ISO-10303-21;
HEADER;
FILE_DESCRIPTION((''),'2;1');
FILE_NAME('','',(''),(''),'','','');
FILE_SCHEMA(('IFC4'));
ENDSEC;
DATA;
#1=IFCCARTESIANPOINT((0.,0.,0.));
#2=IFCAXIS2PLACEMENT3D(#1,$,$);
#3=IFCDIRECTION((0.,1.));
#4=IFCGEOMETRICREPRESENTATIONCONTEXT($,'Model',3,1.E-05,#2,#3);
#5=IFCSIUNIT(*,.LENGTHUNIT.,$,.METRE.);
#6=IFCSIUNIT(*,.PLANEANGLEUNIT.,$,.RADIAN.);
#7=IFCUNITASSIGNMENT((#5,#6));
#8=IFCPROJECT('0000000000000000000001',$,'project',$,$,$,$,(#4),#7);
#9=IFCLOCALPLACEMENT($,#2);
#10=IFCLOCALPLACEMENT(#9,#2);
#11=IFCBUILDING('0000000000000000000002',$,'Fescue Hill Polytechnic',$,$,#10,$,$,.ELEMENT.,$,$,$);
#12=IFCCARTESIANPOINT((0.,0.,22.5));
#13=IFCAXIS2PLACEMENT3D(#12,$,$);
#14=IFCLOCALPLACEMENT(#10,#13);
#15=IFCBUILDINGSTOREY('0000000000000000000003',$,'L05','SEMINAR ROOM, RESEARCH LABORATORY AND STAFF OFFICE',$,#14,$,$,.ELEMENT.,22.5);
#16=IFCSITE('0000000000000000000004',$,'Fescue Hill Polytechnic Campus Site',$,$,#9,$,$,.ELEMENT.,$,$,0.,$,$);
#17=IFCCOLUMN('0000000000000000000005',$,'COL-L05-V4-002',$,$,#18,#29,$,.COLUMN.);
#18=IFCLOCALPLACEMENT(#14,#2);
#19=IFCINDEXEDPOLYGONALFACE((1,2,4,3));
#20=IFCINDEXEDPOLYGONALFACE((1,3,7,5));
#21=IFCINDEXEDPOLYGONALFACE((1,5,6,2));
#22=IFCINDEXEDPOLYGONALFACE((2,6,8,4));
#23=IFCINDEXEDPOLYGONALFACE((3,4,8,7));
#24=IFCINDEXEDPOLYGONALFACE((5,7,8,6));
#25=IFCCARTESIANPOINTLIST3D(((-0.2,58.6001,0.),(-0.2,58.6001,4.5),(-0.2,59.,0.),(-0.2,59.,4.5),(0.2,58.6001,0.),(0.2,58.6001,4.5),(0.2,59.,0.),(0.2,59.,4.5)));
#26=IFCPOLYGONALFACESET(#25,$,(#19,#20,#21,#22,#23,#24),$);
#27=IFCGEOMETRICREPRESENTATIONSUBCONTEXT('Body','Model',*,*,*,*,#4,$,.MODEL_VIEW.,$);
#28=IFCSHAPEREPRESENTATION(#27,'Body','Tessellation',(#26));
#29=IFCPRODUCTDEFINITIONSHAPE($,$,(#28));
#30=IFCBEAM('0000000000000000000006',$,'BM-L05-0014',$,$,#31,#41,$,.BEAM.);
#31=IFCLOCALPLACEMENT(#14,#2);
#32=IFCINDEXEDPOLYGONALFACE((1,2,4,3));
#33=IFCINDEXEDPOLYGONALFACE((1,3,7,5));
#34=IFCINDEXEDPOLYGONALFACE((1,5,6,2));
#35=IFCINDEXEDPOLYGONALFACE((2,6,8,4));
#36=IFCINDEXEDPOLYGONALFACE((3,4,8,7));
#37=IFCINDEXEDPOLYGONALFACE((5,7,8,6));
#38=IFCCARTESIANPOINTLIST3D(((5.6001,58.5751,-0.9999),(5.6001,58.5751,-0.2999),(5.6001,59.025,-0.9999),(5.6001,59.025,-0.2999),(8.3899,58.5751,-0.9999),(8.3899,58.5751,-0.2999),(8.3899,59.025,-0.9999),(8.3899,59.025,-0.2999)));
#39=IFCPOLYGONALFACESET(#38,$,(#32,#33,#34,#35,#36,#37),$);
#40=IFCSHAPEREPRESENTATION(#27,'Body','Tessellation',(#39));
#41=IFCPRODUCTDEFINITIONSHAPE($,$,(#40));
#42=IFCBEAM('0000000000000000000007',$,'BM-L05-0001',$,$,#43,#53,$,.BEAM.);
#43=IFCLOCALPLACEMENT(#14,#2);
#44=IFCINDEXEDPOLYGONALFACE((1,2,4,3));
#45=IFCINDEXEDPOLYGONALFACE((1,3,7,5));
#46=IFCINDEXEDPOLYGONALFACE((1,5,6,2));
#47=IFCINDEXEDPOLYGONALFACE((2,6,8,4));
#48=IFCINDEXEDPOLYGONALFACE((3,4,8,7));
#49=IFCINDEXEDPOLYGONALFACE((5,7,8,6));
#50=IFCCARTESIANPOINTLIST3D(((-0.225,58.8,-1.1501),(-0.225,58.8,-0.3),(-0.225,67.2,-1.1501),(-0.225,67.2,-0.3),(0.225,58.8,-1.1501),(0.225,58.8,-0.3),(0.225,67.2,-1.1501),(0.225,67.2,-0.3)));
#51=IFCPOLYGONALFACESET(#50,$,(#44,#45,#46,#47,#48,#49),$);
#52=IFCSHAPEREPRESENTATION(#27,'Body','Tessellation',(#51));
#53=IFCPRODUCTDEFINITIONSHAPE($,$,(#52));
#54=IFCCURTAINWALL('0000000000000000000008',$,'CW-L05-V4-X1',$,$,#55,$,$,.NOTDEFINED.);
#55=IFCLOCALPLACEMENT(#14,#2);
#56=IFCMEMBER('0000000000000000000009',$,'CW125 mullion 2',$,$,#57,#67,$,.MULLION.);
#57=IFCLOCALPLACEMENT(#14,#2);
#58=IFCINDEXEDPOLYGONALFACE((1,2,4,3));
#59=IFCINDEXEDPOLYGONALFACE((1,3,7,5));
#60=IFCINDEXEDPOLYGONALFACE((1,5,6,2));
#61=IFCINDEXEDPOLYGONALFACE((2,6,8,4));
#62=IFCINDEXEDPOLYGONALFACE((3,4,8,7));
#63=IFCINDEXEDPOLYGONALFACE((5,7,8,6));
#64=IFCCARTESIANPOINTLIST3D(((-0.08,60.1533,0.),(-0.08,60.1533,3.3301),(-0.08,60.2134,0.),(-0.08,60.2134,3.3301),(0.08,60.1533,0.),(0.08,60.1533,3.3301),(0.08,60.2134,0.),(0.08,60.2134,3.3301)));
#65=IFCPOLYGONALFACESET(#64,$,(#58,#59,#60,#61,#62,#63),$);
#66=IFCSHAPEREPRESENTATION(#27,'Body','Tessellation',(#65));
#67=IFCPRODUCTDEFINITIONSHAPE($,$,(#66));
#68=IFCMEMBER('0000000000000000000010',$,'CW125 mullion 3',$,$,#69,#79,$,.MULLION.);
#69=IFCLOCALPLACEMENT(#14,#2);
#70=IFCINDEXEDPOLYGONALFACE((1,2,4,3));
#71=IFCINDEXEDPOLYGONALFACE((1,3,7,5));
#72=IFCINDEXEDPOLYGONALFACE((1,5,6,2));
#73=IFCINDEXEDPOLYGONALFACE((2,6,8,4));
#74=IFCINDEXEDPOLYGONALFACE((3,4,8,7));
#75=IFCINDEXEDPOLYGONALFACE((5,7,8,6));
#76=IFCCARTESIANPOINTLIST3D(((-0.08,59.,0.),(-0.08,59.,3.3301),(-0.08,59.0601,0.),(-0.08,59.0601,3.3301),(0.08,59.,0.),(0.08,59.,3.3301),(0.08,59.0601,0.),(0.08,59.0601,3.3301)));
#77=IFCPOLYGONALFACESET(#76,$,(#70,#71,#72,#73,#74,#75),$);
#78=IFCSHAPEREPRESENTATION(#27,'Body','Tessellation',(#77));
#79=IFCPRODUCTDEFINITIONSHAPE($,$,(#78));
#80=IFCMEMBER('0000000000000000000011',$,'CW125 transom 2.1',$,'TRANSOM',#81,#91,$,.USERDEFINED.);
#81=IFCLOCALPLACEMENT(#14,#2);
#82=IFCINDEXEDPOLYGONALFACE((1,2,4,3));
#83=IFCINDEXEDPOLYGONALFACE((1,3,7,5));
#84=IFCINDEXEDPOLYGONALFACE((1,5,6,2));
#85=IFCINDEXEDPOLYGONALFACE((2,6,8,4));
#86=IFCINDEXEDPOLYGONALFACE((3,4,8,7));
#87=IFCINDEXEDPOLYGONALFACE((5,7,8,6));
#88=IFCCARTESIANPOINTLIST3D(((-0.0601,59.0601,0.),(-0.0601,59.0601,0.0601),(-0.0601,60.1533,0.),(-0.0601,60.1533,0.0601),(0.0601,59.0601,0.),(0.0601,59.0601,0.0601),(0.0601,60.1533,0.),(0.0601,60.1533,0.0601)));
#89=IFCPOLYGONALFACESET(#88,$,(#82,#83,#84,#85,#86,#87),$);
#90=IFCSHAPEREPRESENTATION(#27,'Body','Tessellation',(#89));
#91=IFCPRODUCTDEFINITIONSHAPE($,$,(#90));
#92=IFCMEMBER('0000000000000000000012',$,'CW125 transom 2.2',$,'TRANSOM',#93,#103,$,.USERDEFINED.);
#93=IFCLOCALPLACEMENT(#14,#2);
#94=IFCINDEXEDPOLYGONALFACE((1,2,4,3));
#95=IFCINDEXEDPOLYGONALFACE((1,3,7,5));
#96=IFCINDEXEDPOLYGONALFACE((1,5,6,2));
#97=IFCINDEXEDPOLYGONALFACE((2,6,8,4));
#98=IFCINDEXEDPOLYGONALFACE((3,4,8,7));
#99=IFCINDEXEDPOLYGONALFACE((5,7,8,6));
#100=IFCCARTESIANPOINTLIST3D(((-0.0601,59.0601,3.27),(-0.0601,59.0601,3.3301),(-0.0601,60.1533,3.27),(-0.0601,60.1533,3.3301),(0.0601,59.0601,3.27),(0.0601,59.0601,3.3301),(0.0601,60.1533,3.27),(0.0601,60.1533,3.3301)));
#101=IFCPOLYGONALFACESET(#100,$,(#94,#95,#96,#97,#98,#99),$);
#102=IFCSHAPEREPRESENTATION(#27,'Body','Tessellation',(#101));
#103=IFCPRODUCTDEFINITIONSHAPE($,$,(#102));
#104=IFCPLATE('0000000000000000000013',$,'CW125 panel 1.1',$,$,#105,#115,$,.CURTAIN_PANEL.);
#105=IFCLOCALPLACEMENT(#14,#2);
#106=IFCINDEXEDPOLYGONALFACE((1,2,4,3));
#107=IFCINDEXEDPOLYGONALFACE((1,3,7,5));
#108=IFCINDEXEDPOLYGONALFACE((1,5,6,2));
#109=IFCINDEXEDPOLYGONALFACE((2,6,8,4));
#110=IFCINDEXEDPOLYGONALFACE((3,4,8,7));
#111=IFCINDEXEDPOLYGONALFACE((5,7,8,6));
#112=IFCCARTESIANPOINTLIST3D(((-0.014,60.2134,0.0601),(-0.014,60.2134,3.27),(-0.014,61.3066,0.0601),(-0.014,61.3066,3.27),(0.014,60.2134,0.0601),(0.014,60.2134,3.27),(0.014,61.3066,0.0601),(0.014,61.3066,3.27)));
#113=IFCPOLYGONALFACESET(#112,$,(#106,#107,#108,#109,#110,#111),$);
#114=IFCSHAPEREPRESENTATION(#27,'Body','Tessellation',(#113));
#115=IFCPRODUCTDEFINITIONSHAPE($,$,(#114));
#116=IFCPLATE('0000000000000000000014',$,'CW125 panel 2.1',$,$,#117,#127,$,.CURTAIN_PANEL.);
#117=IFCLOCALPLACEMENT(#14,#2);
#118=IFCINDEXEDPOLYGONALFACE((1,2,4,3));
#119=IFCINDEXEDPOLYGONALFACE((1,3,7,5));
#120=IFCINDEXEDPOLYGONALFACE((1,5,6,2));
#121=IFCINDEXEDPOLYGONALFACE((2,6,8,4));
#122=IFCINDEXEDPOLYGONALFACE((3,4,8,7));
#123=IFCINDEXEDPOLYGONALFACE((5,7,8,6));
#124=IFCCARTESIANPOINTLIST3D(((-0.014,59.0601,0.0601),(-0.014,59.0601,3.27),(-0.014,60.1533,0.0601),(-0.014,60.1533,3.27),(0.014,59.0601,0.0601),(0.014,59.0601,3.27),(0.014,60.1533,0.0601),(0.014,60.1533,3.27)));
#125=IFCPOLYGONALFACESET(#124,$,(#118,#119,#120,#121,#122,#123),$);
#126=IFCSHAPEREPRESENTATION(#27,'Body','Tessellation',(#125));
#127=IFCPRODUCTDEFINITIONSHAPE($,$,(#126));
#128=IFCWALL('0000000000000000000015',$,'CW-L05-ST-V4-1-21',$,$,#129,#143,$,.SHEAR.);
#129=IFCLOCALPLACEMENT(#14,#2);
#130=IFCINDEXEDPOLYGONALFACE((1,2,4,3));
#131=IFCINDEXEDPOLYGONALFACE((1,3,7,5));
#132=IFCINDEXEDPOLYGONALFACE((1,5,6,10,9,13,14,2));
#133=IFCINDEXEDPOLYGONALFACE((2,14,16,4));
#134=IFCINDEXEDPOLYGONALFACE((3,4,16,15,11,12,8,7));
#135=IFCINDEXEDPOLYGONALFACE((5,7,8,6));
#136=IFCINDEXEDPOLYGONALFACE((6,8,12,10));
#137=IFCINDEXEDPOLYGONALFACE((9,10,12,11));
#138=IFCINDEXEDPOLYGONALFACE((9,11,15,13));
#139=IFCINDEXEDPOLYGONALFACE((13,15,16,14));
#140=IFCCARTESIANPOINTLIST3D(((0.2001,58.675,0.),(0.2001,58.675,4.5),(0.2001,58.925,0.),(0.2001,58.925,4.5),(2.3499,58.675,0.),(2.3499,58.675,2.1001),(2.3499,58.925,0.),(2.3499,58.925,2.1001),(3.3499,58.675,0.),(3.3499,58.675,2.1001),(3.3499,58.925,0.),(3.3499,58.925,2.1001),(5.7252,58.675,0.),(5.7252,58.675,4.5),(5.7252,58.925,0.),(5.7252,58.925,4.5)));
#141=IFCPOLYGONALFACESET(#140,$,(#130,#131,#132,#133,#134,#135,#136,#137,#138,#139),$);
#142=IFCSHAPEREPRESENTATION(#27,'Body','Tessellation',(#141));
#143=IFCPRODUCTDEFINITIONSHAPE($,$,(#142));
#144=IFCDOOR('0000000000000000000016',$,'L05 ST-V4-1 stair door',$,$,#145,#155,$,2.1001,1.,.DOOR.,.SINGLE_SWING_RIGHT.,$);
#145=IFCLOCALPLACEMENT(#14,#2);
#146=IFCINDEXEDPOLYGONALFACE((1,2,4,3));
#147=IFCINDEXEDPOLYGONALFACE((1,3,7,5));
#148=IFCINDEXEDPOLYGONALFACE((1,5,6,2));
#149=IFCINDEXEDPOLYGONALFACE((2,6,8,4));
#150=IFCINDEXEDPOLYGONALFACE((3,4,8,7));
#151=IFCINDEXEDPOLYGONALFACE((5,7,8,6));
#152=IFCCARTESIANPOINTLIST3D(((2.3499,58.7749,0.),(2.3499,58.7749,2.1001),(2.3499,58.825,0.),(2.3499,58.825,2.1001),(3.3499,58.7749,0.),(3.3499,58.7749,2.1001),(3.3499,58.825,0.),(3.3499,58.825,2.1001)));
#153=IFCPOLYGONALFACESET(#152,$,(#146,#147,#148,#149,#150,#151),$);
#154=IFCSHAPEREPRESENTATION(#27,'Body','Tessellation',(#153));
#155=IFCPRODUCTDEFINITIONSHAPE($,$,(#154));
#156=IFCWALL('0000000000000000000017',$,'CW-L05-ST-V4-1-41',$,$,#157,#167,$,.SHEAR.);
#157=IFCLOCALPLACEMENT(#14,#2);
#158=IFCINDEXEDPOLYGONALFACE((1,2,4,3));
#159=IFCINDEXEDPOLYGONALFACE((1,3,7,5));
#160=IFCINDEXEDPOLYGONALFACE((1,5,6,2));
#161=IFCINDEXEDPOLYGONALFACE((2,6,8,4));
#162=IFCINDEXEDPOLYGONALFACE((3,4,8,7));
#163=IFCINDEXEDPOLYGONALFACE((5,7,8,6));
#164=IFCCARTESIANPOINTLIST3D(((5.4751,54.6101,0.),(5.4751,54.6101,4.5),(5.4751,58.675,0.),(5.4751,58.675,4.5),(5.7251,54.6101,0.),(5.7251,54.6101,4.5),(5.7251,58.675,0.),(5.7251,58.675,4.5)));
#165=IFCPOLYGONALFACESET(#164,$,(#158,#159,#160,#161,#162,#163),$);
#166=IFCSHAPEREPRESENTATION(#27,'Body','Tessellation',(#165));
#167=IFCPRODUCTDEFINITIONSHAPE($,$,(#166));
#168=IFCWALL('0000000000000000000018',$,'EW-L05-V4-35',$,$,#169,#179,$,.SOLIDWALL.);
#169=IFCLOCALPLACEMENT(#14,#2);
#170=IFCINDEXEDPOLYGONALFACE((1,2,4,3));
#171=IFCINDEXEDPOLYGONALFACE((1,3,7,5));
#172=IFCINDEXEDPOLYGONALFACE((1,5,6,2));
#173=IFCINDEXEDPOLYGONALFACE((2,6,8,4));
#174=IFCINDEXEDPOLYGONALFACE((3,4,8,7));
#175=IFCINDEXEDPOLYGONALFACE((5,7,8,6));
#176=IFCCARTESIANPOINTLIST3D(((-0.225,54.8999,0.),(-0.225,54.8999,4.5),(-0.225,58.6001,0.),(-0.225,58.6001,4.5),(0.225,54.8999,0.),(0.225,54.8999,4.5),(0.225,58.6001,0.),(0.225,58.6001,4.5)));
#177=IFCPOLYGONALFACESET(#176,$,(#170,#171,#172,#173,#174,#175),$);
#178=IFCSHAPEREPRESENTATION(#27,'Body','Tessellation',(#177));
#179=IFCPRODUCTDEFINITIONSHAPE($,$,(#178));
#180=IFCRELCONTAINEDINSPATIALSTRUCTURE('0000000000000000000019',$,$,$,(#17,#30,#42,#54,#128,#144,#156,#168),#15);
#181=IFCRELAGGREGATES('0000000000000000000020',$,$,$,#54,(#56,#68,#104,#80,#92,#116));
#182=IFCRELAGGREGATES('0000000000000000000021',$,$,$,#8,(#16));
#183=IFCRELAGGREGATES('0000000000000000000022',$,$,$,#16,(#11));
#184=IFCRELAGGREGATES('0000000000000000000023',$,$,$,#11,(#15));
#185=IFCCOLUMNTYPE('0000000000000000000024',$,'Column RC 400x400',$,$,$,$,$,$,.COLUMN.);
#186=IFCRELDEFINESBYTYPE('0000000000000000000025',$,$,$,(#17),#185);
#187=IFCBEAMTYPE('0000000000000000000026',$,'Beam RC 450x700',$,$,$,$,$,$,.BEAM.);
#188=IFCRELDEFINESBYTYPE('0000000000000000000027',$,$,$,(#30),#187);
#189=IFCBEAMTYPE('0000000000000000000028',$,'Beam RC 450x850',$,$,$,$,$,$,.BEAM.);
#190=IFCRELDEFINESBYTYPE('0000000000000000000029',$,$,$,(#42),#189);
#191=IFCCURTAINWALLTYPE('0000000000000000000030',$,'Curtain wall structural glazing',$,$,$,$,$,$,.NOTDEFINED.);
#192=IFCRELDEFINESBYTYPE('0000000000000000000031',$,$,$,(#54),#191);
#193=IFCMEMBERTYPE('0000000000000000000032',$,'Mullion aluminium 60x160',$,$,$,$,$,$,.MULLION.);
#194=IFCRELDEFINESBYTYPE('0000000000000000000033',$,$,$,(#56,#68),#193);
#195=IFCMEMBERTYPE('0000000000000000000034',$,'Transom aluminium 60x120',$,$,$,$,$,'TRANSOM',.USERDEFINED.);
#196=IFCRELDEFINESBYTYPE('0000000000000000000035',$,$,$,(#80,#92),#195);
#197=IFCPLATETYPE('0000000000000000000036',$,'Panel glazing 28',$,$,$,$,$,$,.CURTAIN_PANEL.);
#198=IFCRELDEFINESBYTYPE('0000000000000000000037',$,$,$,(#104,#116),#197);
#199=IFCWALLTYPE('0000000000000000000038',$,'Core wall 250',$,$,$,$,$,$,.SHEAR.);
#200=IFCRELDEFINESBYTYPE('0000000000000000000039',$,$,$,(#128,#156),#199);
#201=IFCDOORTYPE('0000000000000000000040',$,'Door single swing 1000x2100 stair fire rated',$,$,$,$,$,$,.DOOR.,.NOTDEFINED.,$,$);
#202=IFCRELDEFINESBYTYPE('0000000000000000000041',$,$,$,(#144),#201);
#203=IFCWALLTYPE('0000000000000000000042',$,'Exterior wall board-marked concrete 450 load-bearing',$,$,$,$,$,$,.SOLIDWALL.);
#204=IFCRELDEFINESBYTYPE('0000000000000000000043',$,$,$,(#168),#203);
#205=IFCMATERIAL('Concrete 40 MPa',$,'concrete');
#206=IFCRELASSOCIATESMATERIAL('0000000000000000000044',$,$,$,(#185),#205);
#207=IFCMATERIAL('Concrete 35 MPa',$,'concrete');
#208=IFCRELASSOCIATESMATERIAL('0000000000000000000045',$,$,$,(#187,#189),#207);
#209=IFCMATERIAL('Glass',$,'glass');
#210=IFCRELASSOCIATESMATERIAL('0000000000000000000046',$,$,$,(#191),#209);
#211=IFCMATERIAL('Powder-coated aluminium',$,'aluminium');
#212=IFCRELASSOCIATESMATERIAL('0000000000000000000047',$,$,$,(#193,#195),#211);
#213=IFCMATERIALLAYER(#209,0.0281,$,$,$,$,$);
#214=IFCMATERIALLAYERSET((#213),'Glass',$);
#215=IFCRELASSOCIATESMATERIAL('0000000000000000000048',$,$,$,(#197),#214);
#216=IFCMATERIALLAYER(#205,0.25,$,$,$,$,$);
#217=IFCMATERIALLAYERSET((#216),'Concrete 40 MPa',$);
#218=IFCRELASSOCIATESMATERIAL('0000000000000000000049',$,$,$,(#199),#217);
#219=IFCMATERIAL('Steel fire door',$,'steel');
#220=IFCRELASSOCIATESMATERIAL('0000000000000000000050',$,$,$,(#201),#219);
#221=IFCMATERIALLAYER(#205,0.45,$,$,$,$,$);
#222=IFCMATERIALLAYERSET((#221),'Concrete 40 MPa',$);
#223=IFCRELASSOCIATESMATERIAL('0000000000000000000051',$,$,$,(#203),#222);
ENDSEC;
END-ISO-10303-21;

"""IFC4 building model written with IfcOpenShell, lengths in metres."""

from ifc_helpers import new_model, si_unit, direction, frame, frame_2d, origin, origin_2d, place, context, subcontext, project, spatial, rectangle, extrude, material, layer, layer_set, material_profile, profile_set, type_object, element, fill, aggregate, save


model = new_model("IFC4")

# Units and contexts
model_context = context("Model", 3, precision=1e-05, world=origin(), true_north=direction((0.0, 1.0)))
body_context = subcontext(model_context, "Body", "Model", "MODEL_VIEW")
ifc_project = project(units=[si_unit("LENGTHUNIT", "METRE"), si_unit("PLANEANGLEUNIT", "RADIAN")], contexts=[model_context])

# Site, building, storey
site_placement = place(None, origin())
site = spatial("IfcSite", under=ifc_project, at=site_placement, Name="Fescue Hill Polytechnic Campus Site", CompositionType="ELEMENT", RefElevation=0.0)
building_placement = place(site_placement, origin())
building = spatial("IfcBuilding", under=site, at=building_placement, Name="Fescue Hill Polytechnic", CompositionType="ELEMENT")
storey_placement = place(building_placement, frame((0.0, 0.0, 22.5)))
storey = spatial("IfcBuildingStorey", under=building, at=storey_placement, Name="L05", Description="SEMINAR ROOM, RESEARCH LABORATORY AND STAFF OFFICE", CompositionType="ELEMENT", Elevation=22.5)

# Column
ifc_material_1 = material(Name="Concrete 40 MPa", Category="concrete")
ifc_material_profile_1 = material_profile(ifc_material_1, rectangle(XDim=0.3999, YDim=0.3999, at=origin_2d()), Name="RC 400x400")
ifc_profile_set_1 = profile_set([ifc_material_profile_1], Name="Concrete 40 MPa")
column_type = type_object("IfcColumnType", Name="Column RC 400x400", PredefinedType="COLUMN", material=ifc_profile_set_1)
column_placement = place(storey_placement, frame((0.0, 58.8, 0.0), z_axis=(0.0, 0.0, 1.0), x_axis=(1.0, 0.0, 0.0)))
element("IfcColumn", 1, at=column_placement, inside=storey, type_object=column_type, Name="COL-L05-V4-002", PredefinedType="COLUMN", context=body_context, shape_type="SweptSolid", body=[
    extrude(rectangle(XDim=0.3999, YDim=0.3999, at=origin_2d()), origin(), (0.0, 0.0, 1.0), 4.5),
])

# Beams
ifc_material_2 = material(Name="Concrete 35 MPa", Category="concrete")
ifc_material_profile_2 = material_profile(ifc_material_2, rectangle(XDim=0.45, YDim=0.7, at=origin_2d()), Name="RC 450x700")
ifc_profile_set_2 = profile_set([ifc_material_profile_2], Name="Concrete 35 MPa")
beam_type_1 = type_object("IfcBeamType", Name="Beam RC 450x700", PredefinedType="BEAM", material=ifc_profile_set_2)
beam_1_placement = place(storey_placement, frame((5.6001, 58.8, -0.6499), z_axis=(1.0, 0.0, 0.0), x_axis=(0.0, 1.0, 0.0)))
element("IfcBeam", 2, at=beam_1_placement, inside=storey, type_object=beam_type_1, Name="BM-L05-0014", PredefinedType="BEAM", context=body_context, shape_type="SweptSolid", body=[
    extrude(rectangle(XDim=0.45, YDim=0.7, at=origin_2d()), origin(), (0.0, 0.0, 1.0), 2.7898),
])
ifc_material_profile_3 = material_profile(ifc_material_2, rectangle(XDim=0.45, YDim=0.8501, at=origin_2d()), Name="RC 450x850")
ifc_profile_set_3 = profile_set([ifc_material_profile_3], Name="Concrete 35 MPa")
beam_type_2 = type_object("IfcBeamType", Name="Beam RC 450x850", PredefinedType="BEAM", material=ifc_profile_set_3)
beam_2_placement = place(storey_placement, frame((0.0, 58.8, -0.7251), z_axis=(0.0, 1.0, 0.0), x_axis=(-1.0, 0.0, 0.0)))
element("IfcBeam", 3, at=beam_2_placement, inside=storey, type_object=beam_type_2, Name="BM-L05-0001", PredefinedType="BEAM", context=body_context, shape_type="SweptSolid", body=[
    extrude(rectangle(XDim=0.45, YDim=0.8501, at=origin_2d()), origin(), (0.0, 0.0, 1.0), 8.3999),
])

# Curtain wall, members, plates
ifc_material_3 = material(Name="Glass", Category="glass")
curtain_wall_type = type_object("IfcCurtainWallType", Name="Curtain wall structural glazing", PredefinedType="NOTDEFINED", material=ifc_material_3)
curtain_wall_placement = place(storey_placement, origin())
curtain_wall = element("IfcCurtainWall", 4, at=curtain_wall_placement, inside=storey, type_object=curtain_wall_type, Name="CW-L05-V4-X1", PredefinedType="NOTDEFINED")
ifc_material_4 = material(Name="Powder-coated aluminium", Category="aluminium")
ifc_material_profile_4 = material_profile(ifc_material_4, rectangle(XDim=0.1599, YDim=0.0601, at=origin_2d()), Name="Mullion aluminium 60x160")
ifc_profile_set_4 = profile_set([ifc_material_profile_4], Name="Powder-coated aluminium")
member_type_1 = type_object("IfcMemberType", Name="Mullion aluminium 60x160", PredefinedType="MULLION", material=ifc_profile_set_4)
member_1_placement = place(storey_placement, frame((0.0, 60.1833, 0.0), z_axis=(0.0, 0.0, 1.0), x_axis=(1.0, 0.0, 0.0)))
member_1 = element("IfcMember", 5, at=member_1_placement, type_object=member_type_1, Name="CW125 mullion 2", PredefinedType="MULLION", context=body_context, shape_type="SweptSolid", body=[
    extrude(rectangle(XDim=0.1599, YDim=0.0601, at=origin_2d()), origin(), (0.0, 0.0, 1.0), 3.3301),
])
member_2_placement = place(storey_placement, frame((0.0, 59.03, 0.0), z_axis=(0.0, 0.0, 1.0), x_axis=(1.0, 0.0, 0.0)))
member_2 = element("IfcMember", 6, at=member_2_placement, type_object=member_type_1, Name="CW125 mullion 3", PredefinedType="MULLION", context=body_context, shape_type="SweptSolid", body=[
    extrude(rectangle(XDim=0.1599, YDim=0.0601, at=origin_2d()), origin(), (0.0, 0.0, 1.0), 3.3301),
])
ifc_material_profile_5 = material_profile(ifc_material_4, rectangle(XDim=0.1201, YDim=0.0601, at=origin_2d()), Name="Transom aluminium 60x120")
ifc_profile_set_5 = profile_set([ifc_material_profile_5], Name="Powder-coated aluminium")
member_type_2 = type_object("IfcMemberType", Name="Transom aluminium 60x120", ElementType="TRANSOM", PredefinedType="USERDEFINED", material=ifc_profile_set_5)
member_3_placement = place(storey_placement, frame((0.0, 60.1533, 0.03), z_axis=(0.0, -1.0, 0.0), x_axis=(1.0, 0.0, 0.0)))
member_3 = element("IfcMember", 7, at=member_3_placement, type_object=member_type_2, Name="CW125 transom 2.1", ObjectType="TRANSOM", PredefinedType="USERDEFINED", context=body_context, shape_type="SweptSolid", body=[
    extrude(rectangle(XDim=0.1201, YDim=0.0601, at=origin_2d()), origin(), (0.0, 0.0, 1.0), 1.0933),
])
member_4_placement = place(storey_placement, frame((0.0, 60.1533, 3.3), z_axis=(0.0, -1.0, 0.0), x_axis=(1.0, 0.0, 0.0)))
member_4 = element("IfcMember", 8, at=member_4_placement, type_object=member_type_2, Name="CW125 transom 2.2", ObjectType="TRANSOM", PredefinedType="USERDEFINED", context=body_context, shape_type="SweptSolid", body=[
    extrude(rectangle(XDim=0.1201, YDim=0.0601, at=origin_2d()), origin(), (0.0, 0.0, 1.0), 1.0933),
])
ifc_layer_1 = layer(ifc_material_3, 0.0281)
ifc_layer_set_1 = layer_set([ifc_layer_1], Name="Glass")
plate_type = type_object("IfcPlateType", Name="Panel glazing 28", PredefinedType="CURTAIN_PANEL", material=ifc_layer_set_1)
plate_1_placement = place(storey_placement, frame((0.0, 60.76, 0.0601), z_axis=(0.0, 0.0, 1.0), x_axis=(0.0, -1.0, 0.0)))
plate_1 = element("IfcPlate", 9, at=plate_1_placement, type_object=plate_type, Name="CW125 panel 1.1", PredefinedType="CURTAIN_PANEL", context=body_context, shape_type="SweptSolid", body=[
    extrude(rectangle(XDim=1.0933, YDim=0.0281, at=origin_2d()), origin(), (0.0, 0.0, 1.0), 3.21),
])
plate_2_placement = place(storey_placement, frame((0.0, 59.6067, 0.0601), z_axis=(0.0, 0.0, 1.0), x_axis=(0.0, -1.0, 0.0)))
plate_2 = element("IfcPlate", 10, at=plate_2_placement, type_object=plate_type, Name="CW125 panel 2.1", PredefinedType="CURTAIN_PANEL", context=body_context, shape_type="SweptSolid", body=[
    extrude(rectangle(XDim=1.0933, YDim=0.0281, at=origin_2d()), origin(), (0.0, 0.0, 1.0), 3.21),
])
aggregate(curtain_wall, [member_1, member_2, plate_1, member_3, member_4, plate_2])

# Wall, opening, door
ifc_layer_2 = layer(ifc_material_1, 0.25)
ifc_layer_set_2 = layer_set([ifc_layer_2], Name="Concrete 40 MPa")
wall_type_1 = type_object("IfcWallType", Name="Core wall 250", PredefinedType="SHEAR", material=ifc_layer_set_2)
wall_1_placement = place(storey_placement, frame((0.2, 58.8, 0.0), z_axis=(0.0, 0.0, 1.0), x_axis=(1.0, 0.0, 0.0)))
wall_1 = element("IfcWall", 11, at=wall_1_placement, inside=storey, type_object=wall_type_1, Name="CW-L05-ST-V4-1-21", PredefinedType="SHEAR", context=body_context, shape_type="SweptSolid", body=[
    extrude(rectangle(XDim=5.5251, YDim=0.25, at=frame_2d((2.7627, 0.0))), origin(), (0.0, 0.0, 1.0), 4.5),
])
opening_1_placement = place(wall_1_placement, frame((2.1499, 0.0, 0.0)))
opening_1 = element("IfcOpeningElement", 12, at=opening_1_placement, cuts=wall_1, PredefinedType="OPENING", context=body_context, shape_type="SweptSolid", body=[
    extrude(rectangle(XDim=1.0, YDim=2.1001, at=frame_2d((0.5, 1.05))), frame((0.0, 0.135, 0.0), z_axis=(0.0, -1.0, 0.0), x_axis=(1.0, 0.0, 0.0)), (0.0, 0.0, 1.0), 0.27),
])
ifc_material_5 = material(Name="Steel fire door", Category="steel")
door_type_1 = type_object("IfcDoorType", Name="Door single swing 1000x2100 stair fire rated", OperationType="NOTDEFINED", PredefinedType="DOOR", material=ifc_material_5)
door_1_placement = place(opening_1_placement, origin())
door_1 = element("IfcDoor", 13, at=door_1_placement, inside=storey, type_object=door_type_1, Name="L05 ST-V4-1 stair door", OperationType="SINGLE_SWING_RIGHT", OverallHeight=2.1001, OverallWidth=1.0, PredefinedType="DOOR", context=body_context, shape_type="SweptSolid", body=[
    extrude(rectangle(XDim=1.0, YDim=2.1001, at=frame_2d((0.5, 1.05))), frame((0.0, 0.0249, 0.0), z_axis=(0.0, -1.0, 0.0), x_axis=(1.0, 0.0, 0.0)), (0.0, 0.0, 1.0), 0.05),
])
fill(opening_1, door_1)

# Walls
wall_2_placement = place(storey_placement, frame((5.6001, 54.6101, 0.0), z_axis=(0.0, 0.0, 1.0), x_axis=(0.0, 1.0, 0.0)))
element("IfcWall", 14, at=wall_2_placement, inside=storey, type_object=wall_type_1, Name="CW-L05-ST-V4-1-41", PredefinedType="SHEAR", context=body_context, shape_type="SweptSolid", body=[
    extrude(rectangle(XDim=4.0649, YDim=0.25, at=frame_2d((2.0325, 0.0))), origin(), (0.0, 0.0, 1.0), 4.5),
])
ifc_layer_3 = layer(ifc_material_1, 0.45)
ifc_layer_set_3 = layer_set([ifc_layer_3], Name="Concrete 40 MPa")
wall_type_2 = type_object("IfcWallType", Name="Exterior wall board-marked concrete 450 load-bearing", PredefinedType="SOLIDWALL", material=ifc_layer_set_3)
wall_3_placement = place(storey_placement, frame((0.0, 58.6001, 0.0), z_axis=(0.0, 0.0, 1.0), x_axis=(0.0, -1.0, 0.0)))
element("IfcWall", 15, at=wall_3_placement, inside=storey, type_object=wall_type_2, Name="EW-L05-V4-35", PredefinedType="SOLIDWALL", context=body_context, shape_type="SweptSolid", body=[
    extrude(rectangle(XDim=3.7002, YDim=0.45, at=frame_2d((1.8501, 0.0))), origin(), (0.0, 0.0, 1.0), 4.5),
])

save(model, "model.ifc")
